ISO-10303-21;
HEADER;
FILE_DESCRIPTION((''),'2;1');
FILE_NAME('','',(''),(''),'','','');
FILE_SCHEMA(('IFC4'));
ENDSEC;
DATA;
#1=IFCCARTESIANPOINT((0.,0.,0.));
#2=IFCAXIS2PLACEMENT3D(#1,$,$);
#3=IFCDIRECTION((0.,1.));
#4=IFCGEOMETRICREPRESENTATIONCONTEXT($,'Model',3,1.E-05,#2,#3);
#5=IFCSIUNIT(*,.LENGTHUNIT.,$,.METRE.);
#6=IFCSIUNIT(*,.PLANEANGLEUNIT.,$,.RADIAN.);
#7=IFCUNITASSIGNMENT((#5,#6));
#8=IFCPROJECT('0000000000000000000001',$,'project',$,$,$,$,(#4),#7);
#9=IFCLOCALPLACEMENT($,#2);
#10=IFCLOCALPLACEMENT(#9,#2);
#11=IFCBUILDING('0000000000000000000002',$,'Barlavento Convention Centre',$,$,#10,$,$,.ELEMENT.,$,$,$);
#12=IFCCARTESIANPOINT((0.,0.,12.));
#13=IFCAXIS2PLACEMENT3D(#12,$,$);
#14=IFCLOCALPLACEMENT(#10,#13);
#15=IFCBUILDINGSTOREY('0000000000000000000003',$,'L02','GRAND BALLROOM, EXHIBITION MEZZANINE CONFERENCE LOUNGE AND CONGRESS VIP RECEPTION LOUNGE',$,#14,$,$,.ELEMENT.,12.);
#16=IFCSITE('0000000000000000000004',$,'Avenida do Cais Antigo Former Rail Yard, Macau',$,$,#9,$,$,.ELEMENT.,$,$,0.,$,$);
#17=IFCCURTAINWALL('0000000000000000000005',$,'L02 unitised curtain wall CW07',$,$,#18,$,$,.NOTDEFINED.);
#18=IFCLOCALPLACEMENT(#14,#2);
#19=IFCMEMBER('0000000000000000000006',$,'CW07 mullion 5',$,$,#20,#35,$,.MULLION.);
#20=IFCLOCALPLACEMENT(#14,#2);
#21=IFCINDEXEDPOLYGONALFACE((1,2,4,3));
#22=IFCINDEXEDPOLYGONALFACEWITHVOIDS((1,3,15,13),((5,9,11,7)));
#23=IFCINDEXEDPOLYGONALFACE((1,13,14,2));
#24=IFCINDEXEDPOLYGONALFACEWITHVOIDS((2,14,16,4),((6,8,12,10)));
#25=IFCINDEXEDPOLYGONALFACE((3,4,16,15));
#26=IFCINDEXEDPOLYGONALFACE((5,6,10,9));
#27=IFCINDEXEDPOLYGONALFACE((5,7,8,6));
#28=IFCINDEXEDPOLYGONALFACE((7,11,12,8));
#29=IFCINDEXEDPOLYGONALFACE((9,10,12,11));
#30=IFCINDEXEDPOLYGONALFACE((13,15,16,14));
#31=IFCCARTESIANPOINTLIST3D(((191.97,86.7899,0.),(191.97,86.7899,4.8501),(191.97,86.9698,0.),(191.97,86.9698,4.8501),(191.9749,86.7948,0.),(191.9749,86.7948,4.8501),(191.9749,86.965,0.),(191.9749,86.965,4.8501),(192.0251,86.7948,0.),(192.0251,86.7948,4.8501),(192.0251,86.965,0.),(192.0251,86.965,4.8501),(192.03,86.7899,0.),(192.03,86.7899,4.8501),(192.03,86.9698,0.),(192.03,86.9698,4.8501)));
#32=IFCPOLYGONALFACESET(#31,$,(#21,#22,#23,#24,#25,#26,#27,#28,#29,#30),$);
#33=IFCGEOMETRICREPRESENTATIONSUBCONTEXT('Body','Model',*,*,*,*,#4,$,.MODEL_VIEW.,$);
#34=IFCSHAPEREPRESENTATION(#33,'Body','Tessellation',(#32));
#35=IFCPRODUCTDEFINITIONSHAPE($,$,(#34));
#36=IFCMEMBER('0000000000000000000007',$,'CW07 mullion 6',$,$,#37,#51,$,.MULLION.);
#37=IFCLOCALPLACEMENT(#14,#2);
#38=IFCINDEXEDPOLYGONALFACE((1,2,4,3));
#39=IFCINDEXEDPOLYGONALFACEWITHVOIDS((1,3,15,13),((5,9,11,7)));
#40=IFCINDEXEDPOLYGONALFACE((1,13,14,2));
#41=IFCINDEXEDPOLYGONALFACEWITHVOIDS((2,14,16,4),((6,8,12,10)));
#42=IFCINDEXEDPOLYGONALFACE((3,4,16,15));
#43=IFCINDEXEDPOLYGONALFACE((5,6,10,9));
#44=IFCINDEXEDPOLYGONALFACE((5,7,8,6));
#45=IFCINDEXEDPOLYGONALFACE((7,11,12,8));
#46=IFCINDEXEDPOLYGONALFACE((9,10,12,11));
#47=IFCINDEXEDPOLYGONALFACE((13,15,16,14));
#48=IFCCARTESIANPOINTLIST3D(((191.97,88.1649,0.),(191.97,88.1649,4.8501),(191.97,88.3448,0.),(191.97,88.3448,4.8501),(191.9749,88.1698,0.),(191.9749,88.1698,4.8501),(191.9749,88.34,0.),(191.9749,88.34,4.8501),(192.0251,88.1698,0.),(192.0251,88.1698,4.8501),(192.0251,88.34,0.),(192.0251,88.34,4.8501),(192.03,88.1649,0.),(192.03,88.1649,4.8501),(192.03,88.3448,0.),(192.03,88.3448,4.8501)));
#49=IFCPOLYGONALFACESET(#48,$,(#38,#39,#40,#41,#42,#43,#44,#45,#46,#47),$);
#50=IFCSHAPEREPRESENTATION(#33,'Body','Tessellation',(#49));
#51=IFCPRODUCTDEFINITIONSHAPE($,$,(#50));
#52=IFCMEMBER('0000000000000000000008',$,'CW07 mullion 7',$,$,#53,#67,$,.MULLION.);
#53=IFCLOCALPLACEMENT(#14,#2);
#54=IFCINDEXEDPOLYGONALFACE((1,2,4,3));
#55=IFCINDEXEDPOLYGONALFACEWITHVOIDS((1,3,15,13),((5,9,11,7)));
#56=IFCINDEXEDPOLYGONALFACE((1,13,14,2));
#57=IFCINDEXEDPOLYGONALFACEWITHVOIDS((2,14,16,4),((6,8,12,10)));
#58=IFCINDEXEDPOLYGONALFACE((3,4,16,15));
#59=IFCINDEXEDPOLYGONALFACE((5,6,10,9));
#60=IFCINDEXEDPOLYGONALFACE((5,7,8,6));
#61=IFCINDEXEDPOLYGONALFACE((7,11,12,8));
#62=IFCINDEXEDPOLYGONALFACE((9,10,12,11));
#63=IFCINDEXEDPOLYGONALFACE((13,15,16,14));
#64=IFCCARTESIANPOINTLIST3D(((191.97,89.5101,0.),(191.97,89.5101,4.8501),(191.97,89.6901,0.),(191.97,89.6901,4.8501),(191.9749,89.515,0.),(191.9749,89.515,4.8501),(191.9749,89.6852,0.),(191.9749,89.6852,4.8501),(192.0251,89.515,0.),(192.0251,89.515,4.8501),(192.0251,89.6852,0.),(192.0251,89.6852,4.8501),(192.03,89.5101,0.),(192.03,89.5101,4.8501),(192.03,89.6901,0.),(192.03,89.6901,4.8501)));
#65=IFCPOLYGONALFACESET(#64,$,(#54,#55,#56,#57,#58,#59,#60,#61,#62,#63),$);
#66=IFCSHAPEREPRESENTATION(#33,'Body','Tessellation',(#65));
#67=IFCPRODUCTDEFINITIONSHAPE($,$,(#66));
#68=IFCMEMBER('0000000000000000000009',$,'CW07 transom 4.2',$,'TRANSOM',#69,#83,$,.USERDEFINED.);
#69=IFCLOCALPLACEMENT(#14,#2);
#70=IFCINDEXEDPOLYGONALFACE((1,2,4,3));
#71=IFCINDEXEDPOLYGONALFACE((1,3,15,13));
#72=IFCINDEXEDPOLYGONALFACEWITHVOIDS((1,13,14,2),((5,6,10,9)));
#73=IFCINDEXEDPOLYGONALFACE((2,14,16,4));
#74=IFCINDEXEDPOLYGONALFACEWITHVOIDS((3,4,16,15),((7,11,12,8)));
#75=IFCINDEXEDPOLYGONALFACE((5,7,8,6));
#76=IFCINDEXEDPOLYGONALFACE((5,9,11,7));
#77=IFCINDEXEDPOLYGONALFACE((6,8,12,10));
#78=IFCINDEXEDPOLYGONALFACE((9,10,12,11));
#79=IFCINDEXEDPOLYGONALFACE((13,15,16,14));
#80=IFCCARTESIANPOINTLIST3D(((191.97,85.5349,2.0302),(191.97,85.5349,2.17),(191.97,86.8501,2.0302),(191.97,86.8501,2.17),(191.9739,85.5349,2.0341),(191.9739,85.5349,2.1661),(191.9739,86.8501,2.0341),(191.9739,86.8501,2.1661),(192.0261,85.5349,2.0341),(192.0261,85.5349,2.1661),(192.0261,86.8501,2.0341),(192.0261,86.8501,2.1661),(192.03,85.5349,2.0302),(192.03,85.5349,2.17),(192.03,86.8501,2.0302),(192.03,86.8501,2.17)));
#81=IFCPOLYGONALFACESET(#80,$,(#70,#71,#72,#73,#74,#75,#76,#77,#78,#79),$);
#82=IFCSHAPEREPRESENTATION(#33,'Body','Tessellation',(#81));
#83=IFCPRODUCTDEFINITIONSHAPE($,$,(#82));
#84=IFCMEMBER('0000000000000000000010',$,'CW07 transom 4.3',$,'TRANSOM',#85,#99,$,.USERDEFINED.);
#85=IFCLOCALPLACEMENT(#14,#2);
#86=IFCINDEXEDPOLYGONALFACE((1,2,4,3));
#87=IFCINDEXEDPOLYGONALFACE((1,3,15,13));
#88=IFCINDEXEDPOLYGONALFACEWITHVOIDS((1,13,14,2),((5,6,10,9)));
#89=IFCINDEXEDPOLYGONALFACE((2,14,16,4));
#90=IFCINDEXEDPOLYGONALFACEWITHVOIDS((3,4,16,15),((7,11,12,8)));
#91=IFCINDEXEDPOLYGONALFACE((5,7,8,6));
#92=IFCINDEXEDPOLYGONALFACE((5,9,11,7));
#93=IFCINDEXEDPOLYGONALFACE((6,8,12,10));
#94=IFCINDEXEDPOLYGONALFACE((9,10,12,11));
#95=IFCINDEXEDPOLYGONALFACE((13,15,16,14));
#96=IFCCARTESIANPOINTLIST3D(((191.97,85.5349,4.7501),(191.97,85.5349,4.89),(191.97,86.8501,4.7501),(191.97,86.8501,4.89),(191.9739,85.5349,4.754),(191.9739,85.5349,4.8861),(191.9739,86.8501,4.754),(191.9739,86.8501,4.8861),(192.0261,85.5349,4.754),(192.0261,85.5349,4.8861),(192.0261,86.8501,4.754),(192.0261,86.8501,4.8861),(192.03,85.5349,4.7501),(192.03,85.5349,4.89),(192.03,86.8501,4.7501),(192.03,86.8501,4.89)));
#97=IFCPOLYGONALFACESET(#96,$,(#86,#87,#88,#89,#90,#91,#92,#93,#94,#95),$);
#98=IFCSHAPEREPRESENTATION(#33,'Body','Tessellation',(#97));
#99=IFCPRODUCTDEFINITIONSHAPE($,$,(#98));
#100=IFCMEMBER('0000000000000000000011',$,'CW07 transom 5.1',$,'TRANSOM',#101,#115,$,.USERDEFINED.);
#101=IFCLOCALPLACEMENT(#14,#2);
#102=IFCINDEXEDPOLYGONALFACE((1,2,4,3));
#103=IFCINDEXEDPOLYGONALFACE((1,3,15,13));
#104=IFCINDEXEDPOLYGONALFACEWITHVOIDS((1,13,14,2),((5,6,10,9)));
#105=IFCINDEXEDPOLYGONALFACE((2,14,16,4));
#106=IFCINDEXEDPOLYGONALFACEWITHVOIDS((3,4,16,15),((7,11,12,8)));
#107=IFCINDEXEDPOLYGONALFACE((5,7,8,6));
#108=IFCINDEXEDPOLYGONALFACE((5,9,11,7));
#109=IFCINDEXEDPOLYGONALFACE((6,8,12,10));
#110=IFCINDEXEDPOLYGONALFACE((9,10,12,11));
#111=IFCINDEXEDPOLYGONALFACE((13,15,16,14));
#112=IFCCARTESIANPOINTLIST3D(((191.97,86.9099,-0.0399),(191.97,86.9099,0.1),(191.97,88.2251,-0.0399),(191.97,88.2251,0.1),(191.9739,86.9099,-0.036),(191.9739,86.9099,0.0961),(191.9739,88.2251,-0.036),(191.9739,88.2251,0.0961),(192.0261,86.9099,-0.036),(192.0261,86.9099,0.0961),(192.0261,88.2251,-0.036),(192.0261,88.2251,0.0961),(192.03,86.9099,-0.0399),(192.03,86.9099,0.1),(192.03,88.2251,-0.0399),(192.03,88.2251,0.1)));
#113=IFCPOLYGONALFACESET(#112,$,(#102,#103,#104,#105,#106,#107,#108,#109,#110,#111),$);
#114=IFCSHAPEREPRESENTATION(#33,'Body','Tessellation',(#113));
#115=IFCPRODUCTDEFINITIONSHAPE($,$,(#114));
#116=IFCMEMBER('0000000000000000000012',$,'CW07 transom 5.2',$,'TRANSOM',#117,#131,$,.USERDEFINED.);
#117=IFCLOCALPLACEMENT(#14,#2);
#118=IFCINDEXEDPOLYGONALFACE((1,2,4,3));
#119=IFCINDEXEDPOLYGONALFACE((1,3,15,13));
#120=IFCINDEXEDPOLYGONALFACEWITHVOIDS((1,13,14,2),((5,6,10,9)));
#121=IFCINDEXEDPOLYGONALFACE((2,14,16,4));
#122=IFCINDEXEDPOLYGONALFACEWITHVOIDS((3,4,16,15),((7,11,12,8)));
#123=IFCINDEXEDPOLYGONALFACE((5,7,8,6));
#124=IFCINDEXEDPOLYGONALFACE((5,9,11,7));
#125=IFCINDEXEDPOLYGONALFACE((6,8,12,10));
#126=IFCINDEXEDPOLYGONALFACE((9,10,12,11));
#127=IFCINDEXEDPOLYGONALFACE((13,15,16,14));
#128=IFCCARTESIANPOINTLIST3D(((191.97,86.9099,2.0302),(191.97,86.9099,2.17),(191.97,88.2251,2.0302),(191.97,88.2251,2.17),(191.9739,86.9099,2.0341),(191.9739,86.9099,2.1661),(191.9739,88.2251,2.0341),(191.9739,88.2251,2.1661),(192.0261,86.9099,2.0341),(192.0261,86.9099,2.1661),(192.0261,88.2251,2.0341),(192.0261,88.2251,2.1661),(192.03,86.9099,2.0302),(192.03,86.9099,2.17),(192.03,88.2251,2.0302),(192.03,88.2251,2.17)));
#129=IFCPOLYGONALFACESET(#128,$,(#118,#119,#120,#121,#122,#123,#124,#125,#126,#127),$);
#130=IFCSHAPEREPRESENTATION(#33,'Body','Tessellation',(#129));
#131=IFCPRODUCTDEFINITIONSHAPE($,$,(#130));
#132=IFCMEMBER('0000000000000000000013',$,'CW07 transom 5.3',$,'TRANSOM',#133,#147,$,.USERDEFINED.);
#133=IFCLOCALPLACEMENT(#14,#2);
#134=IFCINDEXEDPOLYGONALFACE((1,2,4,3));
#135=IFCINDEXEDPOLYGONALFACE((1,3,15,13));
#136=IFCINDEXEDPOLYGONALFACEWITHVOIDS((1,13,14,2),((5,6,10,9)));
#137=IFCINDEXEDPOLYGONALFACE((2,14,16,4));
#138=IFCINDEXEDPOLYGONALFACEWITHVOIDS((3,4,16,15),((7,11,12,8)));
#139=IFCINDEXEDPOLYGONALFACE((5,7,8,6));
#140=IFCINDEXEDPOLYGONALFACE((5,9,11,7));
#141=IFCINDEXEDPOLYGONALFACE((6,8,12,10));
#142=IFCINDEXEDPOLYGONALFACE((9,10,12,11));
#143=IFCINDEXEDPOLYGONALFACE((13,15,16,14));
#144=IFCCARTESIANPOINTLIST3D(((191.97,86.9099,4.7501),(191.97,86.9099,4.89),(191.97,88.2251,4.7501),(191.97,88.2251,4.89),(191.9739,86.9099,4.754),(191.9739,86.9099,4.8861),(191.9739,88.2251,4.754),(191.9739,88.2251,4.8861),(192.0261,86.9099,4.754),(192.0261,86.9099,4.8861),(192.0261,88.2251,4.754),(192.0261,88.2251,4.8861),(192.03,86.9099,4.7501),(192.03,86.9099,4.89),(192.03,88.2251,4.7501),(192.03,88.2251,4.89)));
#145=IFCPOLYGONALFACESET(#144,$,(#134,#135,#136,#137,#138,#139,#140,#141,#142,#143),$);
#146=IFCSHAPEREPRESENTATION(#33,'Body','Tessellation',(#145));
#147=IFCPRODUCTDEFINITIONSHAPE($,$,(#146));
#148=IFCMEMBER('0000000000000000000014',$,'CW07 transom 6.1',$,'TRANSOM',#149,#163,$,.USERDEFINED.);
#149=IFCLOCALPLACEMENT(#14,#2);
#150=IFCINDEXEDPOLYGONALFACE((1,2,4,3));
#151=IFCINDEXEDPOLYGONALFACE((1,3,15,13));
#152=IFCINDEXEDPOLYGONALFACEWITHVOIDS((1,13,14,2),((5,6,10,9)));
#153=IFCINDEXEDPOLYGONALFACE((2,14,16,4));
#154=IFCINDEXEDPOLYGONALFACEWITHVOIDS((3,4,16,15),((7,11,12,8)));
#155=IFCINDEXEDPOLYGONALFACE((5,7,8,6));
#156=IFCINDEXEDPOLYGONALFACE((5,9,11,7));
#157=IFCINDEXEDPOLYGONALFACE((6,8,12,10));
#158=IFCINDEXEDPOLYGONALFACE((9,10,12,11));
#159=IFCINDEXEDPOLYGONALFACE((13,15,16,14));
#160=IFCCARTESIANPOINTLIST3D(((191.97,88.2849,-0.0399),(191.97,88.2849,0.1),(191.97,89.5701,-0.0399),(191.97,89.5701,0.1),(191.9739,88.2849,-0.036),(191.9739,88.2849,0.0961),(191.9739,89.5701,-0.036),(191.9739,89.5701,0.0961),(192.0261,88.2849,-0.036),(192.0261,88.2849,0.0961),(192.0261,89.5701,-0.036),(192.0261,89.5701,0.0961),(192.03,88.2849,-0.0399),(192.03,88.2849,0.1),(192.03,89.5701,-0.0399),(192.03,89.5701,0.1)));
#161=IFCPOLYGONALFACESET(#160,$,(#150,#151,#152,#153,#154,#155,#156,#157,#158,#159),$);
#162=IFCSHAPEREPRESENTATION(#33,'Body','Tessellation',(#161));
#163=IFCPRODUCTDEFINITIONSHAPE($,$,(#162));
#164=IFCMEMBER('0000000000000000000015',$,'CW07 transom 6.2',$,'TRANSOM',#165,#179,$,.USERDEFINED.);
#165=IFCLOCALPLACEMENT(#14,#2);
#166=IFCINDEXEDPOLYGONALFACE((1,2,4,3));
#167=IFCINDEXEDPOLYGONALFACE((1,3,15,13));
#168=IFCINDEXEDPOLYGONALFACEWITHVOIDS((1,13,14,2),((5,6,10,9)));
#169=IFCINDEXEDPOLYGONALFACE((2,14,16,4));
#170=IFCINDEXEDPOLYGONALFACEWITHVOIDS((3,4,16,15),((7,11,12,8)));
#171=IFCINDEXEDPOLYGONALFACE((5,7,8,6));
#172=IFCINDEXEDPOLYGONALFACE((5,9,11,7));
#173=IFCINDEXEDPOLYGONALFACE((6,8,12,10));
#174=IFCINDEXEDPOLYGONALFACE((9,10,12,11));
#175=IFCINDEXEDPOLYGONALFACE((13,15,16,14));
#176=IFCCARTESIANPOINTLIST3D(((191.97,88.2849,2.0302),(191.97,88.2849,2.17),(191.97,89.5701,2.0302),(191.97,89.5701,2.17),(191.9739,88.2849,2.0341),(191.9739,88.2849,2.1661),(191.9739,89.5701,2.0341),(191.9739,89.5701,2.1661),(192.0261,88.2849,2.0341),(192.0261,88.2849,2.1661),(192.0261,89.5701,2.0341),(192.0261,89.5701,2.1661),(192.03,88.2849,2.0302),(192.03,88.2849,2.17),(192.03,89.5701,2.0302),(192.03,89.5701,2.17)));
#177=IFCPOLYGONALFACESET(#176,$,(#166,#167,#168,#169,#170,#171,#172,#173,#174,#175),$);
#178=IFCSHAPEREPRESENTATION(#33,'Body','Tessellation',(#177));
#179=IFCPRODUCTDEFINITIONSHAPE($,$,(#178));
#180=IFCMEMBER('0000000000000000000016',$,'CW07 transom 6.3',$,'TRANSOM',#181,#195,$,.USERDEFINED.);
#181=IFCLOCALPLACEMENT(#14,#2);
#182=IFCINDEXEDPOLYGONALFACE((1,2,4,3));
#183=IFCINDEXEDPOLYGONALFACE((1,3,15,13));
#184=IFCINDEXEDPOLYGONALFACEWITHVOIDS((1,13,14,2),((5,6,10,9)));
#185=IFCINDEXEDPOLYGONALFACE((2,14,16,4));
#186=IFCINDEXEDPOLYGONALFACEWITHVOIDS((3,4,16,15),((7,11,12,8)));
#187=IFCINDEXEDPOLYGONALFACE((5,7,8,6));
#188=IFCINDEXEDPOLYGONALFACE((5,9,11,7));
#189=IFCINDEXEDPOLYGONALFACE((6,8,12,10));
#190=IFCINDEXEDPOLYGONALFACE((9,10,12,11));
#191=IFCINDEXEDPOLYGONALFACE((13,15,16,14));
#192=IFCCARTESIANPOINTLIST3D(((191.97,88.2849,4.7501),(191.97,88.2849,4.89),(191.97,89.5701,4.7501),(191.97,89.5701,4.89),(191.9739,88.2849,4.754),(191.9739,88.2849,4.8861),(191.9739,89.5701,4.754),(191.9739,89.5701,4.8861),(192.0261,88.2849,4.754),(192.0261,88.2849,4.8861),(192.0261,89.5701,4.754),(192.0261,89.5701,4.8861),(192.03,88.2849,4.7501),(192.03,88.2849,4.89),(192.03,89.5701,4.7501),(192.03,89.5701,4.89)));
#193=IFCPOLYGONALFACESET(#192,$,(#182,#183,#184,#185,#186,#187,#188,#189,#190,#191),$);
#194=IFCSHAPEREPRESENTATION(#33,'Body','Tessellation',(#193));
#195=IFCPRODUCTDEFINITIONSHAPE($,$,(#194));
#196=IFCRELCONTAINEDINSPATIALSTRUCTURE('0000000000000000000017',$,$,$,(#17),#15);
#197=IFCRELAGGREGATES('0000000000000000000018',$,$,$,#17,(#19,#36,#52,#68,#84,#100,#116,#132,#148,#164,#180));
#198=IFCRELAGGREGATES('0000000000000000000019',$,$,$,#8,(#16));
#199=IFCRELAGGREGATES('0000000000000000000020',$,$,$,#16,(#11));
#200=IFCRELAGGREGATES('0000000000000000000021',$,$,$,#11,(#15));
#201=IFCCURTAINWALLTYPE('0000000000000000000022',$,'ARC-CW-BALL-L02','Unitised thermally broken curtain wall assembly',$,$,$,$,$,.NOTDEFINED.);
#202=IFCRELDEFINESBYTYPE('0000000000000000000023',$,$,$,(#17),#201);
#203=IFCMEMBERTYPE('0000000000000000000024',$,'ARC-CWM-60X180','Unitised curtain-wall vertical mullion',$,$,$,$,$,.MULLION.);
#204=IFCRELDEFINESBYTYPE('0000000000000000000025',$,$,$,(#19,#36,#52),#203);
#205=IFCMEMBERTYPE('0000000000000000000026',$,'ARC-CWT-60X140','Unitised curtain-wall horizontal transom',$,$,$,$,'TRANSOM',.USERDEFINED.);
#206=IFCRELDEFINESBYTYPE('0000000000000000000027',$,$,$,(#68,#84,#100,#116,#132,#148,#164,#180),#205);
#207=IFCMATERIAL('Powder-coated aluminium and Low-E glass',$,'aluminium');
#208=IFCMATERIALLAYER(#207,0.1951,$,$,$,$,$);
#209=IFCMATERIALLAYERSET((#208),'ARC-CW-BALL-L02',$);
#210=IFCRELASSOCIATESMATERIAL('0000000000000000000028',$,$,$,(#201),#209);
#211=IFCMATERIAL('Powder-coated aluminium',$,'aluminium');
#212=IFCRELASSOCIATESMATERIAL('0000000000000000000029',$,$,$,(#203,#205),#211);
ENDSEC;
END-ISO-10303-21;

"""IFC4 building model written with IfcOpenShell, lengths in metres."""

from ifc_helpers import new_model, si_unit, direction, frame, origin, origin_2d, place, context, subcontext, project, spatial, hollow_rectangle, extrude, material, layer, layer_set, material_profile, profile_set, type_object, element, aggregate, save


model = new_model("IFC4")

# Units and contexts
model_context = context("Model", 3, precision=1e-05, world=origin(), true_north=direction((0.0, 1.0)))
body_context = subcontext(model_context, "Body", "Model", "MODEL_VIEW")
ifc_project = project(units=[si_unit("LENGTHUNIT", "METRE"), si_unit("PLANEANGLEUNIT", "RADIAN")], contexts=[model_context])

# Site, building, storey
site_placement = place(None, origin())
site = spatial("IfcSite", under=ifc_project, at=site_placement, Name="Avenida do Cais Antigo Former Rail Yard, Macau", CompositionType="ELEMENT", RefElevation=0.0)
building_placement = place(site_placement, origin())
building = spatial("IfcBuilding", under=site, at=building_placement, Name="Barlavento Convention Centre", CompositionType="ELEMENT")
storey_placement = place(building_placement, frame((0.0, 0.0, 12.0)))
storey = spatial("IfcBuildingStorey", under=building, at=storey_placement, Name="L02", Description="GRAND BALLROOM, EXHIBITION MEZZANINE CONFERENCE LOUNGE AND CONGRESS VIP RECEPTION LOUNGE", CompositionType="ELEMENT", Elevation=12.0)

# Curtain wall, members
ifc_material_1 = material(Name="Powder-coated aluminium and Low-E glass", Category="aluminium")
ifc_layer_1 = layer(ifc_material_1, 0.1951)
ifc_layer_set_1 = layer_set([ifc_layer_1], Name="ARC-CW-BALL-L02")
curtain_wall_type = type_object("IfcCurtainWallType", Name="ARC-CW-BALL-L02", Description="Unitised thermally broken curtain wall assembly", PredefinedType="NOTDEFINED", material=ifc_layer_set_1)
curtain_wall_placement = place(storey_placement, origin())
curtain_wall = element("IfcCurtainWall", 1, at=curtain_wall_placement, inside=storey, type_object=curtain_wall_type, Name="L02 unitised curtain wall CW07", PredefinedType="NOTDEFINED")
ifc_material_2 = material(Name="Powder-coated aluminium", Category="aluminium")
ifc_material_profile_1 = material_profile(ifc_material_2, hollow_rectangle(XDim=0.0601, YDim=0.1799, WallThickness=0.0049, at=origin_2d()), Name="AL-MULL 60x180x5")
ifc_profile_set_1 = profile_set([ifc_material_profile_1], Name="Powder-coated aluminium")
member_type_1 = type_object("IfcMemberType", Name="ARC-CWM-60X180", Description="Unitised curtain-wall vertical mullion", PredefinedType="MULLION", material=ifc_profile_set_1)
member_1_placement = place(storey_placement, frame((192.0, 86.8799, 0.0), z_axis=(0.0, 0.0, 1.0), x_axis=(-1.0, 0.0, 0.0)))
member_1 = element("IfcMember", 2, at=member_1_placement, type_object=member_type_1, Name="CW07 mullion 5", PredefinedType="MULLION", context=body_context, shape_type="SweptSolid", body=[
    extrude(hollow_rectangle(XDim=0.0601, YDim=0.1799, WallThickness=0.0049, at=origin_2d()), origin(), (0.0, 0.0, 1.0), 4.8501),
])
member_2_placement = place(storey_placement, frame((192.0, 88.2549, 0.0), z_axis=(0.0, 0.0, 1.0), x_axis=(-1.0, 0.0, 0.0)))
member_2 = element("IfcMember", 3, at=member_2_placement, type_object=member_type_1, Name="CW07 mullion 6", PredefinedType="MULLION", context=body_context, shape_type="SweptSolid", body=[
    extrude(hollow_rectangle(XDim=0.0601, YDim=0.1799, WallThickness=0.0049, at=origin_2d()), origin(), (0.0, 0.0, 1.0), 4.8501),
])
member_3_placement = place(storey_placement, frame((192.0, 89.6001, 0.0), z_axis=(0.0, 0.0, 1.0), x_axis=(-1.0, 0.0, 0.0)))
member_3 = element("IfcMember", 4, at=member_3_placement, type_object=member_type_1, Name="CW07 mullion 7", PredefinedType="MULLION", context=body_context, shape_type="SweptSolid", body=[
    extrude(hollow_rectangle(XDim=0.0601, YDim=0.1799, WallThickness=0.0049, at=origin_2d()), origin(), (0.0, 0.0, 1.0), 4.8501),
])
ifc_material_profile_2 = material_profile(ifc_material_2, hollow_rectangle(XDim=0.0601, YDim=0.1399, WallThickness=0.0039, at=origin_2d()), Name="AL-TRAN 60x140x4")
ifc_profile_set_2 = profile_set([ifc_material_profile_2], Name="Powder-coated aluminium")
member_type_2 = type_object("IfcMemberType", Name="ARC-CWT-60X140", Description="Unitised curtain-wall horizontal transom", ElementType="TRANSOM", PredefinedType="USERDEFINED", material=ifc_profile_set_2)
member_4_placement = place(storey_placement, frame((192.0, 85.5349, 2.1001), z_axis=(0.0, 1.0, 0.0), x_axis=(-1.0, 0.0, 0.0)))
member_4 = element("IfcMember", 5, at=member_4_placement, type_object=member_type_2, Name="CW07 transom 4.2", ObjectType="TRANSOM", PredefinedType="USERDEFINED", context=body_context, shape_type="SweptSolid", body=[
    extrude(hollow_rectangle(XDim=0.0601, YDim=0.1399, WallThickness=0.0039, at=origin_2d()), origin(), (0.0, 0.0, 1.0), 1.3152),
])
member_5_placement = place(storey_placement, frame((192.0, 85.5349, 4.8201), z_axis=(0.0, 1.0, 0.0), x_axis=(-1.0, 0.0, 0.0)))
member_5 = element("IfcMember", 6, at=member_5_placement, type_object=member_type_2, Name="CW07 transom 4.3", ObjectType="TRANSOM", PredefinedType="USERDEFINED", context=body_context, shape_type="SweptSolid", body=[
    extrude(hollow_rectangle(XDim=0.0601, YDim=0.1399, WallThickness=0.0039, at=origin_2d()), origin(), (0.0, 0.0, 1.0), 1.3152),
])
member_6_placement = place(storey_placement, frame((192.0, 86.9099, 0.03), z_axis=(0.0, 1.0, 0.0), x_axis=(-1.0, 0.0, 0.0)))
member_6 = element("IfcMember", 7, at=member_6_placement, type_object=member_type_2, Name="CW07 transom 5.1", ObjectType="TRANSOM", PredefinedType="USERDEFINED", context=body_context, shape_type="SweptSolid", body=[
    extrude(hollow_rectangle(XDim=0.0601, YDim=0.1399, WallThickness=0.0039, at=origin_2d()), origin(), (0.0, 0.0, 1.0), 1.3152),
])
member_7_placement = place(storey_placement, frame((192.0, 86.9099, 2.1001), z_axis=(0.0, 1.0, 0.0), x_axis=(-1.0, 0.0, 0.0)))
member_7 = element("IfcMember", 8, at=member_7_placement, type_object=member_type_2, Name="CW07 transom 5.2", ObjectType="TRANSOM", PredefinedType="USERDEFINED", context=body_context, shape_type="SweptSolid", body=[
    extrude(hollow_rectangle(XDim=0.0601, YDim=0.1399, WallThickness=0.0039, at=origin_2d()), origin(), (0.0, 0.0, 1.0), 1.3152),
])
member_8_placement = place(storey_placement, frame((192.0, 86.9099, 4.8201), z_axis=(0.0, 1.0, 0.0), x_axis=(-1.0, 0.0, 0.0)))
member_8 = element("IfcMember", 9, at=member_8_placement, type_object=member_type_2, Name="CW07 transom 5.3", ObjectType="TRANSOM", PredefinedType="USERDEFINED", context=body_context, shape_type="SweptSolid", body=[
    extrude(hollow_rectangle(XDim=0.0601, YDim=0.1399, WallThickness=0.0039, at=origin_2d()), origin(), (0.0, 0.0, 1.0), 1.3152),
])
member_9_placement = place(storey_placement, frame((192.0, 88.2849, 0.03), z_axis=(0.0, 1.0, 0.0), x_axis=(-1.0, 0.0, 0.0)))
member_9 = element("IfcMember", 10, at=member_9_placement, type_object=member_type_2, Name="CW07 transom 6.1", ObjectType="TRANSOM", PredefinedType="USERDEFINED", context=body_context, shape_type="SweptSolid", body=[
    extrude(hollow_rectangle(XDim=0.0601, YDim=0.1399, WallThickness=0.0039, at=origin_2d()), origin(), (0.0, 0.0, 1.0), 1.2852),
])
member_10_placement = place(storey_placement, frame((192.0, 88.2849, 2.1001), z_axis=(0.0, 1.0, 0.0), x_axis=(-1.0, 0.0, 0.0)))
member_10 = element("IfcMember", 11, at=member_10_placement, type_object=member_type_2, Name="CW07 transom 6.2", ObjectType="TRANSOM", PredefinedType="USERDEFINED", context=body_context, shape_type="SweptSolid", body=[
    extrude(hollow_rectangle(XDim=0.0601, YDim=0.1399, WallThickness=0.0039, at=origin_2d()), origin(), (0.0, 0.0, 1.0), 1.2852),
])
member_11_placement = place(storey_placement, frame((192.0, 88.2849, 4.8201), z_axis=(0.0, 1.0, 0.0), x_axis=(-1.0, 0.0, 0.0)))
member_11 = element("IfcMember", 12, at=member_11_placement, type_object=member_type_2, Name="CW07 transom 6.3", ObjectType="TRANSOM", PredefinedType="USERDEFINED", context=body_context, shape_type="SweptSolid", body=[
    extrude(hollow_rectangle(XDim=0.0601, YDim=0.1399, WallThickness=0.0039, at=origin_2d()), origin(), (0.0, 0.0, 1.0), 1.2852),
])
aggregate(curtain_wall, [member_1, member_2, member_3, member_4, member_5, member_6, member_7, member_8, member_9, member_10, member_11])

save(model, "model.ifc")
